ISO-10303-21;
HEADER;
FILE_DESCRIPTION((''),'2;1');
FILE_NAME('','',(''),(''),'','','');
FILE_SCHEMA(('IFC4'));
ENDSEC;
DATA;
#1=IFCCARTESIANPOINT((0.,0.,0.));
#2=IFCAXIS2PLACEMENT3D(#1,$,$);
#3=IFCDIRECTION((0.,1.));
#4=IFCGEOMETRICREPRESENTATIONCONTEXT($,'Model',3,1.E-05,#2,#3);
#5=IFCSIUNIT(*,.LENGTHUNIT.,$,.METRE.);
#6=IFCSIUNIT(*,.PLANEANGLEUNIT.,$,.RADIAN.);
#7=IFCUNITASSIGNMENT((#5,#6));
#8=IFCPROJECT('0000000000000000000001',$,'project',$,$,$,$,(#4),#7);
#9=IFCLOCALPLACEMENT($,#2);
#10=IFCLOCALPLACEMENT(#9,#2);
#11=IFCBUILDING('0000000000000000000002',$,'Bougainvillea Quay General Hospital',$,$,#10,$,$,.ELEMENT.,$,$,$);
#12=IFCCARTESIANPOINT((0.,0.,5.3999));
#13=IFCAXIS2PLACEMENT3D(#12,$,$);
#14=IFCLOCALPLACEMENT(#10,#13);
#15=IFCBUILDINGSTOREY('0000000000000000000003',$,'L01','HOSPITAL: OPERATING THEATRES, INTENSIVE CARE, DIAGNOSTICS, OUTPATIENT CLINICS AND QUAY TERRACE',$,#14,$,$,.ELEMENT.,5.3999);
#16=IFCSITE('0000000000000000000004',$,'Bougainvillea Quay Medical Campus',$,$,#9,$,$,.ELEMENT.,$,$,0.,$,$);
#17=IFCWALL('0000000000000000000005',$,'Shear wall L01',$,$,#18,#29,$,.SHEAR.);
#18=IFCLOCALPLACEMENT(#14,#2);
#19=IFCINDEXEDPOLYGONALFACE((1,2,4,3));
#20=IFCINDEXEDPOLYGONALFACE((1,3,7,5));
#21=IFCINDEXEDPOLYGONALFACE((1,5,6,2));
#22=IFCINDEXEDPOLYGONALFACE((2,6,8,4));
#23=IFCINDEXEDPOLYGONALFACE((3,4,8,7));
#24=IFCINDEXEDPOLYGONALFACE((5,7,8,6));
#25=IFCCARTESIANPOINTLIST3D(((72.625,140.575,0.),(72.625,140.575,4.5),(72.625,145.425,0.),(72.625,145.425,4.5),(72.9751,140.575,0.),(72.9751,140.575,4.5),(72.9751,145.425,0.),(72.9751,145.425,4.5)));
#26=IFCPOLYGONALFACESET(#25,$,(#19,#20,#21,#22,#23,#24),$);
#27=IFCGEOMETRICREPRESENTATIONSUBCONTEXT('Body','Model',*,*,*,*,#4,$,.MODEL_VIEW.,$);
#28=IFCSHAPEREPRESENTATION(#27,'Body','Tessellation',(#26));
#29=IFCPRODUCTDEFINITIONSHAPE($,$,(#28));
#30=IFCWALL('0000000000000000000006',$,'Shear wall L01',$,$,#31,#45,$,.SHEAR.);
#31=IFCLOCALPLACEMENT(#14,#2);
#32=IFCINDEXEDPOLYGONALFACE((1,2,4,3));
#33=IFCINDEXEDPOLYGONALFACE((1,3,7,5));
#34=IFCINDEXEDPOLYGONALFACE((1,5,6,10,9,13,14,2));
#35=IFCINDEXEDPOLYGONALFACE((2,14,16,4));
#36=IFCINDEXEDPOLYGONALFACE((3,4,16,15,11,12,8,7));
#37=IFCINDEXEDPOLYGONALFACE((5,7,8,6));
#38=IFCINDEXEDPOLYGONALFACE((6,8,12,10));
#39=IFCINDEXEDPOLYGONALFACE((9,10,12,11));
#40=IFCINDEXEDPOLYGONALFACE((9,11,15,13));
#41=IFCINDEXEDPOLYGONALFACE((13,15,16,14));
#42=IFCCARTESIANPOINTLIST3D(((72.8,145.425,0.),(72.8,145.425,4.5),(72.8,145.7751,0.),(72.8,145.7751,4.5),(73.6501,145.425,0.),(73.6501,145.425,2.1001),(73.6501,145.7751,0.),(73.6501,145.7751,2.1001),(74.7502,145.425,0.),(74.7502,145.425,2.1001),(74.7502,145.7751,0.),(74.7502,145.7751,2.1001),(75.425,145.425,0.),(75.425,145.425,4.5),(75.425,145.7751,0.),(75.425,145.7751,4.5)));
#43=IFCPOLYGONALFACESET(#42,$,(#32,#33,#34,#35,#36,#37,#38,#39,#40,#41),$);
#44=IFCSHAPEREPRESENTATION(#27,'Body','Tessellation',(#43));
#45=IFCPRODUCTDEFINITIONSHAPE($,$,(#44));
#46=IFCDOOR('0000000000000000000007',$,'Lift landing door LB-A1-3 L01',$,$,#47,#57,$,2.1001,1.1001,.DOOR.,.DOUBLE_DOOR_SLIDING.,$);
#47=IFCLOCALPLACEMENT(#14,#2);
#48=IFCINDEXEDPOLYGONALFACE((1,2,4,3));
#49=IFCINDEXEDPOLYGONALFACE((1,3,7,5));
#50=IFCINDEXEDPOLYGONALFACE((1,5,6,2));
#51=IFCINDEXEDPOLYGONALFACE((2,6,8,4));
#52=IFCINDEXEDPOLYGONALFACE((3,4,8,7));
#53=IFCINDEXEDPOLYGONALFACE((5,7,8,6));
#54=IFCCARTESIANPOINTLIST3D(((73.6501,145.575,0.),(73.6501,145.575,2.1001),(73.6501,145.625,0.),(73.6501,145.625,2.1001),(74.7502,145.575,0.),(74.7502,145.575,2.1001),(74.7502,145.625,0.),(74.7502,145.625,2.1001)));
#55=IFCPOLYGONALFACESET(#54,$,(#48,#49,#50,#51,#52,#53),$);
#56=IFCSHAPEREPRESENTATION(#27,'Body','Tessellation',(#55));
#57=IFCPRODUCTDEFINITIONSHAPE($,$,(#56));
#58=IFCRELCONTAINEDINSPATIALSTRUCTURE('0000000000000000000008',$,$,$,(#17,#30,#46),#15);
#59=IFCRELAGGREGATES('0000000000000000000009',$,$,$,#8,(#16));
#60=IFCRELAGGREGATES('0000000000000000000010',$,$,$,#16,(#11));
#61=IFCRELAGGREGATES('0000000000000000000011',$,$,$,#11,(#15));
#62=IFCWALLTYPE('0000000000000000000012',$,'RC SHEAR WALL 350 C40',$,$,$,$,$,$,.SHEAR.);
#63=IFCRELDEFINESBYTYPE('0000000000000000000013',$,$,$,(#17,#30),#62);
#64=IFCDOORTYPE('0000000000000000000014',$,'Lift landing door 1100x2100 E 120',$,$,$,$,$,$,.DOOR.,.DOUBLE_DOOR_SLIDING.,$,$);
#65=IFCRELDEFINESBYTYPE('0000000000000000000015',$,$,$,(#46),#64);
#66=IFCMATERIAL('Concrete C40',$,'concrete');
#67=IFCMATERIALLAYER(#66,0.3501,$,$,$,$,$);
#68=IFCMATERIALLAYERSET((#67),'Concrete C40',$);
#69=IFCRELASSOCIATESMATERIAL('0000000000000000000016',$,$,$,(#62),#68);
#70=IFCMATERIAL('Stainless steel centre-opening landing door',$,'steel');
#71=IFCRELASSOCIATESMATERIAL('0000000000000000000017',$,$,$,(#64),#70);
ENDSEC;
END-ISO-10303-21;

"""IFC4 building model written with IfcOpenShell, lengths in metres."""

from ifc_helpers import new_model, si_unit, direction, frame, frame_2d, origin, place, context, subcontext, project, spatial, rectangle, extrude, material, layer, layer_set, type_object, element, fill, save


model = new_model("IFC4")

# Units and contexts
model_context = context("Model", 3, precision=1e-05, world=origin(), true_north=direction((0.0, 1.0)))
body_context = subcontext(model_context, "Body", "Model", "MODEL_VIEW")
ifc_project = project(units=[si_unit("LENGTHUNIT", "METRE"), si_unit("PLANEANGLEUNIT", "RADIAN")], contexts=[model_context])

# Site, building, storey
site_placement = place(None, origin())
site = spatial("IfcSite", under=ifc_project, at=site_placement, Name="Bougainvillea Quay Medical Campus", CompositionType="ELEMENT", RefElevation=0.0)
building_placement = place(site_placement, origin())
building = spatial("IfcBuilding", under=site, at=building_placement, Name="Bougainvillea Quay General Hospital", CompositionType="ELEMENT")
storey_placement = place(building_placement, frame((0.0, 0.0, 5.3999)))
storey = spatial("IfcBuildingStorey", under=building, at=storey_placement, Name="L01", Description="HOSPITAL: OPERATING THEATRES, INTENSIVE CARE, DIAGNOSTICS, OUTPATIENT CLINICS AND QUAY TERRACE", CompositionType="ELEMENT", Elevation=5.3999)

# Shared definitions
ifc_material_1 = material(Name="Concrete C40", Category="concrete")
ifc_layer_1 = layer(ifc_material_1, 0.3501)
ifc_layer_set_1 = layer_set([ifc_layer_1], Name="Concrete C40")
wall_type_1 = type_object("IfcWallType", Name="RC SHEAR WALL 350 C40", PredefinedType="SHEAR", material=ifc_layer_set_1)
ifc_material_2 = material(Name="Stainless steel centre-opening landing door", Category="steel")
door_type_1 = type_object("IfcDoorType", Name="Lift landing door 1100x2100 E 120", OperationType="DOUBLE_DOOR_SLIDING", PredefinedType="DOOR", material=ifc_material_2)

# Wall
wall_1_placement = place(storey_placement, frame((72.8, 140.575, 0.0), z_axis=(0.0, 0.0, 1.0), x_axis=(0.0, 1.0, 0.0)))
element("IfcWall", 1, at=wall_1_placement, inside=storey, type_object=wall_type_1, Name="Shear wall L01", PredefinedType="SHEAR", context=body_context, shape_type="SweptSolid", body=[
    extrude(rectangle(XDim=4.8501, YDim=0.3501, at=frame_2d((2.425, 0.0))), origin(), (0.0, 0.0, 1.0), 4.5),
])

# Wall, opening, door
wall_2_placement = place(storey_placement, frame((72.8, 145.6001, 0.0), z_axis=(0.0, 0.0, 1.0), x_axis=(1.0, 0.0, 0.0)))
wall_2 = element("IfcWall", 2, at=wall_2_placement, inside=storey, type_object=wall_type_1, Name="Shear wall L01", PredefinedType="SHEAR", context=body_context, shape_type="SweptSolid", body=[
    extrude(rectangle(XDim=2.625, YDim=0.3501, at=frame_2d((1.3125, 0.0))), origin(), (0.0, 0.0, 1.0), 4.5),
])
opening_1_placement = place(wall_2_placement, frame((0.8501, 0.0, 0.0)))
opening_1 = element("IfcOpeningElement", 3, at=opening_1_placement, cuts=wall_2, PredefinedType="OPENING", context=body_context, shape_type="SweptSolid", body=[
    extrude(rectangle(XDim=1.1001, YDim=2.1001, at=frame_2d((0.55, 1.05))), frame((0.0, 0.1851, 0.0), z_axis=(0.0, -1.0, 0.0), x_axis=(1.0, 0.0, 0.0)), (0.0, 0.0, 1.0), 0.3701),
])
door_1_placement = place(opening_1_placement, origin())
door_1 = element("IfcDoor", 4, at=door_1_placement, inside=storey, type_object=door_type_1, Name="Lift landing door LB-A1-3 L01", OperationType="DOUBLE_DOOR_SLIDING", OverallHeight=2.1001, OverallWidth=1.1001, PredefinedType="DOOR", context=body_context, shape_type="SweptSolid", body=[
    extrude(rectangle(XDim=1.1001, YDim=2.1001, at=frame_2d((0.55, 1.05))), frame((0.0, 0.0249, 0.0), z_axis=(0.0, -1.0, 0.0), x_axis=(1.0, 0.0, 0.0)), (0.0, 0.0, 1.0), 0.05),
])
fill(opening_1, door_1)

save(model, "model.ifc")
